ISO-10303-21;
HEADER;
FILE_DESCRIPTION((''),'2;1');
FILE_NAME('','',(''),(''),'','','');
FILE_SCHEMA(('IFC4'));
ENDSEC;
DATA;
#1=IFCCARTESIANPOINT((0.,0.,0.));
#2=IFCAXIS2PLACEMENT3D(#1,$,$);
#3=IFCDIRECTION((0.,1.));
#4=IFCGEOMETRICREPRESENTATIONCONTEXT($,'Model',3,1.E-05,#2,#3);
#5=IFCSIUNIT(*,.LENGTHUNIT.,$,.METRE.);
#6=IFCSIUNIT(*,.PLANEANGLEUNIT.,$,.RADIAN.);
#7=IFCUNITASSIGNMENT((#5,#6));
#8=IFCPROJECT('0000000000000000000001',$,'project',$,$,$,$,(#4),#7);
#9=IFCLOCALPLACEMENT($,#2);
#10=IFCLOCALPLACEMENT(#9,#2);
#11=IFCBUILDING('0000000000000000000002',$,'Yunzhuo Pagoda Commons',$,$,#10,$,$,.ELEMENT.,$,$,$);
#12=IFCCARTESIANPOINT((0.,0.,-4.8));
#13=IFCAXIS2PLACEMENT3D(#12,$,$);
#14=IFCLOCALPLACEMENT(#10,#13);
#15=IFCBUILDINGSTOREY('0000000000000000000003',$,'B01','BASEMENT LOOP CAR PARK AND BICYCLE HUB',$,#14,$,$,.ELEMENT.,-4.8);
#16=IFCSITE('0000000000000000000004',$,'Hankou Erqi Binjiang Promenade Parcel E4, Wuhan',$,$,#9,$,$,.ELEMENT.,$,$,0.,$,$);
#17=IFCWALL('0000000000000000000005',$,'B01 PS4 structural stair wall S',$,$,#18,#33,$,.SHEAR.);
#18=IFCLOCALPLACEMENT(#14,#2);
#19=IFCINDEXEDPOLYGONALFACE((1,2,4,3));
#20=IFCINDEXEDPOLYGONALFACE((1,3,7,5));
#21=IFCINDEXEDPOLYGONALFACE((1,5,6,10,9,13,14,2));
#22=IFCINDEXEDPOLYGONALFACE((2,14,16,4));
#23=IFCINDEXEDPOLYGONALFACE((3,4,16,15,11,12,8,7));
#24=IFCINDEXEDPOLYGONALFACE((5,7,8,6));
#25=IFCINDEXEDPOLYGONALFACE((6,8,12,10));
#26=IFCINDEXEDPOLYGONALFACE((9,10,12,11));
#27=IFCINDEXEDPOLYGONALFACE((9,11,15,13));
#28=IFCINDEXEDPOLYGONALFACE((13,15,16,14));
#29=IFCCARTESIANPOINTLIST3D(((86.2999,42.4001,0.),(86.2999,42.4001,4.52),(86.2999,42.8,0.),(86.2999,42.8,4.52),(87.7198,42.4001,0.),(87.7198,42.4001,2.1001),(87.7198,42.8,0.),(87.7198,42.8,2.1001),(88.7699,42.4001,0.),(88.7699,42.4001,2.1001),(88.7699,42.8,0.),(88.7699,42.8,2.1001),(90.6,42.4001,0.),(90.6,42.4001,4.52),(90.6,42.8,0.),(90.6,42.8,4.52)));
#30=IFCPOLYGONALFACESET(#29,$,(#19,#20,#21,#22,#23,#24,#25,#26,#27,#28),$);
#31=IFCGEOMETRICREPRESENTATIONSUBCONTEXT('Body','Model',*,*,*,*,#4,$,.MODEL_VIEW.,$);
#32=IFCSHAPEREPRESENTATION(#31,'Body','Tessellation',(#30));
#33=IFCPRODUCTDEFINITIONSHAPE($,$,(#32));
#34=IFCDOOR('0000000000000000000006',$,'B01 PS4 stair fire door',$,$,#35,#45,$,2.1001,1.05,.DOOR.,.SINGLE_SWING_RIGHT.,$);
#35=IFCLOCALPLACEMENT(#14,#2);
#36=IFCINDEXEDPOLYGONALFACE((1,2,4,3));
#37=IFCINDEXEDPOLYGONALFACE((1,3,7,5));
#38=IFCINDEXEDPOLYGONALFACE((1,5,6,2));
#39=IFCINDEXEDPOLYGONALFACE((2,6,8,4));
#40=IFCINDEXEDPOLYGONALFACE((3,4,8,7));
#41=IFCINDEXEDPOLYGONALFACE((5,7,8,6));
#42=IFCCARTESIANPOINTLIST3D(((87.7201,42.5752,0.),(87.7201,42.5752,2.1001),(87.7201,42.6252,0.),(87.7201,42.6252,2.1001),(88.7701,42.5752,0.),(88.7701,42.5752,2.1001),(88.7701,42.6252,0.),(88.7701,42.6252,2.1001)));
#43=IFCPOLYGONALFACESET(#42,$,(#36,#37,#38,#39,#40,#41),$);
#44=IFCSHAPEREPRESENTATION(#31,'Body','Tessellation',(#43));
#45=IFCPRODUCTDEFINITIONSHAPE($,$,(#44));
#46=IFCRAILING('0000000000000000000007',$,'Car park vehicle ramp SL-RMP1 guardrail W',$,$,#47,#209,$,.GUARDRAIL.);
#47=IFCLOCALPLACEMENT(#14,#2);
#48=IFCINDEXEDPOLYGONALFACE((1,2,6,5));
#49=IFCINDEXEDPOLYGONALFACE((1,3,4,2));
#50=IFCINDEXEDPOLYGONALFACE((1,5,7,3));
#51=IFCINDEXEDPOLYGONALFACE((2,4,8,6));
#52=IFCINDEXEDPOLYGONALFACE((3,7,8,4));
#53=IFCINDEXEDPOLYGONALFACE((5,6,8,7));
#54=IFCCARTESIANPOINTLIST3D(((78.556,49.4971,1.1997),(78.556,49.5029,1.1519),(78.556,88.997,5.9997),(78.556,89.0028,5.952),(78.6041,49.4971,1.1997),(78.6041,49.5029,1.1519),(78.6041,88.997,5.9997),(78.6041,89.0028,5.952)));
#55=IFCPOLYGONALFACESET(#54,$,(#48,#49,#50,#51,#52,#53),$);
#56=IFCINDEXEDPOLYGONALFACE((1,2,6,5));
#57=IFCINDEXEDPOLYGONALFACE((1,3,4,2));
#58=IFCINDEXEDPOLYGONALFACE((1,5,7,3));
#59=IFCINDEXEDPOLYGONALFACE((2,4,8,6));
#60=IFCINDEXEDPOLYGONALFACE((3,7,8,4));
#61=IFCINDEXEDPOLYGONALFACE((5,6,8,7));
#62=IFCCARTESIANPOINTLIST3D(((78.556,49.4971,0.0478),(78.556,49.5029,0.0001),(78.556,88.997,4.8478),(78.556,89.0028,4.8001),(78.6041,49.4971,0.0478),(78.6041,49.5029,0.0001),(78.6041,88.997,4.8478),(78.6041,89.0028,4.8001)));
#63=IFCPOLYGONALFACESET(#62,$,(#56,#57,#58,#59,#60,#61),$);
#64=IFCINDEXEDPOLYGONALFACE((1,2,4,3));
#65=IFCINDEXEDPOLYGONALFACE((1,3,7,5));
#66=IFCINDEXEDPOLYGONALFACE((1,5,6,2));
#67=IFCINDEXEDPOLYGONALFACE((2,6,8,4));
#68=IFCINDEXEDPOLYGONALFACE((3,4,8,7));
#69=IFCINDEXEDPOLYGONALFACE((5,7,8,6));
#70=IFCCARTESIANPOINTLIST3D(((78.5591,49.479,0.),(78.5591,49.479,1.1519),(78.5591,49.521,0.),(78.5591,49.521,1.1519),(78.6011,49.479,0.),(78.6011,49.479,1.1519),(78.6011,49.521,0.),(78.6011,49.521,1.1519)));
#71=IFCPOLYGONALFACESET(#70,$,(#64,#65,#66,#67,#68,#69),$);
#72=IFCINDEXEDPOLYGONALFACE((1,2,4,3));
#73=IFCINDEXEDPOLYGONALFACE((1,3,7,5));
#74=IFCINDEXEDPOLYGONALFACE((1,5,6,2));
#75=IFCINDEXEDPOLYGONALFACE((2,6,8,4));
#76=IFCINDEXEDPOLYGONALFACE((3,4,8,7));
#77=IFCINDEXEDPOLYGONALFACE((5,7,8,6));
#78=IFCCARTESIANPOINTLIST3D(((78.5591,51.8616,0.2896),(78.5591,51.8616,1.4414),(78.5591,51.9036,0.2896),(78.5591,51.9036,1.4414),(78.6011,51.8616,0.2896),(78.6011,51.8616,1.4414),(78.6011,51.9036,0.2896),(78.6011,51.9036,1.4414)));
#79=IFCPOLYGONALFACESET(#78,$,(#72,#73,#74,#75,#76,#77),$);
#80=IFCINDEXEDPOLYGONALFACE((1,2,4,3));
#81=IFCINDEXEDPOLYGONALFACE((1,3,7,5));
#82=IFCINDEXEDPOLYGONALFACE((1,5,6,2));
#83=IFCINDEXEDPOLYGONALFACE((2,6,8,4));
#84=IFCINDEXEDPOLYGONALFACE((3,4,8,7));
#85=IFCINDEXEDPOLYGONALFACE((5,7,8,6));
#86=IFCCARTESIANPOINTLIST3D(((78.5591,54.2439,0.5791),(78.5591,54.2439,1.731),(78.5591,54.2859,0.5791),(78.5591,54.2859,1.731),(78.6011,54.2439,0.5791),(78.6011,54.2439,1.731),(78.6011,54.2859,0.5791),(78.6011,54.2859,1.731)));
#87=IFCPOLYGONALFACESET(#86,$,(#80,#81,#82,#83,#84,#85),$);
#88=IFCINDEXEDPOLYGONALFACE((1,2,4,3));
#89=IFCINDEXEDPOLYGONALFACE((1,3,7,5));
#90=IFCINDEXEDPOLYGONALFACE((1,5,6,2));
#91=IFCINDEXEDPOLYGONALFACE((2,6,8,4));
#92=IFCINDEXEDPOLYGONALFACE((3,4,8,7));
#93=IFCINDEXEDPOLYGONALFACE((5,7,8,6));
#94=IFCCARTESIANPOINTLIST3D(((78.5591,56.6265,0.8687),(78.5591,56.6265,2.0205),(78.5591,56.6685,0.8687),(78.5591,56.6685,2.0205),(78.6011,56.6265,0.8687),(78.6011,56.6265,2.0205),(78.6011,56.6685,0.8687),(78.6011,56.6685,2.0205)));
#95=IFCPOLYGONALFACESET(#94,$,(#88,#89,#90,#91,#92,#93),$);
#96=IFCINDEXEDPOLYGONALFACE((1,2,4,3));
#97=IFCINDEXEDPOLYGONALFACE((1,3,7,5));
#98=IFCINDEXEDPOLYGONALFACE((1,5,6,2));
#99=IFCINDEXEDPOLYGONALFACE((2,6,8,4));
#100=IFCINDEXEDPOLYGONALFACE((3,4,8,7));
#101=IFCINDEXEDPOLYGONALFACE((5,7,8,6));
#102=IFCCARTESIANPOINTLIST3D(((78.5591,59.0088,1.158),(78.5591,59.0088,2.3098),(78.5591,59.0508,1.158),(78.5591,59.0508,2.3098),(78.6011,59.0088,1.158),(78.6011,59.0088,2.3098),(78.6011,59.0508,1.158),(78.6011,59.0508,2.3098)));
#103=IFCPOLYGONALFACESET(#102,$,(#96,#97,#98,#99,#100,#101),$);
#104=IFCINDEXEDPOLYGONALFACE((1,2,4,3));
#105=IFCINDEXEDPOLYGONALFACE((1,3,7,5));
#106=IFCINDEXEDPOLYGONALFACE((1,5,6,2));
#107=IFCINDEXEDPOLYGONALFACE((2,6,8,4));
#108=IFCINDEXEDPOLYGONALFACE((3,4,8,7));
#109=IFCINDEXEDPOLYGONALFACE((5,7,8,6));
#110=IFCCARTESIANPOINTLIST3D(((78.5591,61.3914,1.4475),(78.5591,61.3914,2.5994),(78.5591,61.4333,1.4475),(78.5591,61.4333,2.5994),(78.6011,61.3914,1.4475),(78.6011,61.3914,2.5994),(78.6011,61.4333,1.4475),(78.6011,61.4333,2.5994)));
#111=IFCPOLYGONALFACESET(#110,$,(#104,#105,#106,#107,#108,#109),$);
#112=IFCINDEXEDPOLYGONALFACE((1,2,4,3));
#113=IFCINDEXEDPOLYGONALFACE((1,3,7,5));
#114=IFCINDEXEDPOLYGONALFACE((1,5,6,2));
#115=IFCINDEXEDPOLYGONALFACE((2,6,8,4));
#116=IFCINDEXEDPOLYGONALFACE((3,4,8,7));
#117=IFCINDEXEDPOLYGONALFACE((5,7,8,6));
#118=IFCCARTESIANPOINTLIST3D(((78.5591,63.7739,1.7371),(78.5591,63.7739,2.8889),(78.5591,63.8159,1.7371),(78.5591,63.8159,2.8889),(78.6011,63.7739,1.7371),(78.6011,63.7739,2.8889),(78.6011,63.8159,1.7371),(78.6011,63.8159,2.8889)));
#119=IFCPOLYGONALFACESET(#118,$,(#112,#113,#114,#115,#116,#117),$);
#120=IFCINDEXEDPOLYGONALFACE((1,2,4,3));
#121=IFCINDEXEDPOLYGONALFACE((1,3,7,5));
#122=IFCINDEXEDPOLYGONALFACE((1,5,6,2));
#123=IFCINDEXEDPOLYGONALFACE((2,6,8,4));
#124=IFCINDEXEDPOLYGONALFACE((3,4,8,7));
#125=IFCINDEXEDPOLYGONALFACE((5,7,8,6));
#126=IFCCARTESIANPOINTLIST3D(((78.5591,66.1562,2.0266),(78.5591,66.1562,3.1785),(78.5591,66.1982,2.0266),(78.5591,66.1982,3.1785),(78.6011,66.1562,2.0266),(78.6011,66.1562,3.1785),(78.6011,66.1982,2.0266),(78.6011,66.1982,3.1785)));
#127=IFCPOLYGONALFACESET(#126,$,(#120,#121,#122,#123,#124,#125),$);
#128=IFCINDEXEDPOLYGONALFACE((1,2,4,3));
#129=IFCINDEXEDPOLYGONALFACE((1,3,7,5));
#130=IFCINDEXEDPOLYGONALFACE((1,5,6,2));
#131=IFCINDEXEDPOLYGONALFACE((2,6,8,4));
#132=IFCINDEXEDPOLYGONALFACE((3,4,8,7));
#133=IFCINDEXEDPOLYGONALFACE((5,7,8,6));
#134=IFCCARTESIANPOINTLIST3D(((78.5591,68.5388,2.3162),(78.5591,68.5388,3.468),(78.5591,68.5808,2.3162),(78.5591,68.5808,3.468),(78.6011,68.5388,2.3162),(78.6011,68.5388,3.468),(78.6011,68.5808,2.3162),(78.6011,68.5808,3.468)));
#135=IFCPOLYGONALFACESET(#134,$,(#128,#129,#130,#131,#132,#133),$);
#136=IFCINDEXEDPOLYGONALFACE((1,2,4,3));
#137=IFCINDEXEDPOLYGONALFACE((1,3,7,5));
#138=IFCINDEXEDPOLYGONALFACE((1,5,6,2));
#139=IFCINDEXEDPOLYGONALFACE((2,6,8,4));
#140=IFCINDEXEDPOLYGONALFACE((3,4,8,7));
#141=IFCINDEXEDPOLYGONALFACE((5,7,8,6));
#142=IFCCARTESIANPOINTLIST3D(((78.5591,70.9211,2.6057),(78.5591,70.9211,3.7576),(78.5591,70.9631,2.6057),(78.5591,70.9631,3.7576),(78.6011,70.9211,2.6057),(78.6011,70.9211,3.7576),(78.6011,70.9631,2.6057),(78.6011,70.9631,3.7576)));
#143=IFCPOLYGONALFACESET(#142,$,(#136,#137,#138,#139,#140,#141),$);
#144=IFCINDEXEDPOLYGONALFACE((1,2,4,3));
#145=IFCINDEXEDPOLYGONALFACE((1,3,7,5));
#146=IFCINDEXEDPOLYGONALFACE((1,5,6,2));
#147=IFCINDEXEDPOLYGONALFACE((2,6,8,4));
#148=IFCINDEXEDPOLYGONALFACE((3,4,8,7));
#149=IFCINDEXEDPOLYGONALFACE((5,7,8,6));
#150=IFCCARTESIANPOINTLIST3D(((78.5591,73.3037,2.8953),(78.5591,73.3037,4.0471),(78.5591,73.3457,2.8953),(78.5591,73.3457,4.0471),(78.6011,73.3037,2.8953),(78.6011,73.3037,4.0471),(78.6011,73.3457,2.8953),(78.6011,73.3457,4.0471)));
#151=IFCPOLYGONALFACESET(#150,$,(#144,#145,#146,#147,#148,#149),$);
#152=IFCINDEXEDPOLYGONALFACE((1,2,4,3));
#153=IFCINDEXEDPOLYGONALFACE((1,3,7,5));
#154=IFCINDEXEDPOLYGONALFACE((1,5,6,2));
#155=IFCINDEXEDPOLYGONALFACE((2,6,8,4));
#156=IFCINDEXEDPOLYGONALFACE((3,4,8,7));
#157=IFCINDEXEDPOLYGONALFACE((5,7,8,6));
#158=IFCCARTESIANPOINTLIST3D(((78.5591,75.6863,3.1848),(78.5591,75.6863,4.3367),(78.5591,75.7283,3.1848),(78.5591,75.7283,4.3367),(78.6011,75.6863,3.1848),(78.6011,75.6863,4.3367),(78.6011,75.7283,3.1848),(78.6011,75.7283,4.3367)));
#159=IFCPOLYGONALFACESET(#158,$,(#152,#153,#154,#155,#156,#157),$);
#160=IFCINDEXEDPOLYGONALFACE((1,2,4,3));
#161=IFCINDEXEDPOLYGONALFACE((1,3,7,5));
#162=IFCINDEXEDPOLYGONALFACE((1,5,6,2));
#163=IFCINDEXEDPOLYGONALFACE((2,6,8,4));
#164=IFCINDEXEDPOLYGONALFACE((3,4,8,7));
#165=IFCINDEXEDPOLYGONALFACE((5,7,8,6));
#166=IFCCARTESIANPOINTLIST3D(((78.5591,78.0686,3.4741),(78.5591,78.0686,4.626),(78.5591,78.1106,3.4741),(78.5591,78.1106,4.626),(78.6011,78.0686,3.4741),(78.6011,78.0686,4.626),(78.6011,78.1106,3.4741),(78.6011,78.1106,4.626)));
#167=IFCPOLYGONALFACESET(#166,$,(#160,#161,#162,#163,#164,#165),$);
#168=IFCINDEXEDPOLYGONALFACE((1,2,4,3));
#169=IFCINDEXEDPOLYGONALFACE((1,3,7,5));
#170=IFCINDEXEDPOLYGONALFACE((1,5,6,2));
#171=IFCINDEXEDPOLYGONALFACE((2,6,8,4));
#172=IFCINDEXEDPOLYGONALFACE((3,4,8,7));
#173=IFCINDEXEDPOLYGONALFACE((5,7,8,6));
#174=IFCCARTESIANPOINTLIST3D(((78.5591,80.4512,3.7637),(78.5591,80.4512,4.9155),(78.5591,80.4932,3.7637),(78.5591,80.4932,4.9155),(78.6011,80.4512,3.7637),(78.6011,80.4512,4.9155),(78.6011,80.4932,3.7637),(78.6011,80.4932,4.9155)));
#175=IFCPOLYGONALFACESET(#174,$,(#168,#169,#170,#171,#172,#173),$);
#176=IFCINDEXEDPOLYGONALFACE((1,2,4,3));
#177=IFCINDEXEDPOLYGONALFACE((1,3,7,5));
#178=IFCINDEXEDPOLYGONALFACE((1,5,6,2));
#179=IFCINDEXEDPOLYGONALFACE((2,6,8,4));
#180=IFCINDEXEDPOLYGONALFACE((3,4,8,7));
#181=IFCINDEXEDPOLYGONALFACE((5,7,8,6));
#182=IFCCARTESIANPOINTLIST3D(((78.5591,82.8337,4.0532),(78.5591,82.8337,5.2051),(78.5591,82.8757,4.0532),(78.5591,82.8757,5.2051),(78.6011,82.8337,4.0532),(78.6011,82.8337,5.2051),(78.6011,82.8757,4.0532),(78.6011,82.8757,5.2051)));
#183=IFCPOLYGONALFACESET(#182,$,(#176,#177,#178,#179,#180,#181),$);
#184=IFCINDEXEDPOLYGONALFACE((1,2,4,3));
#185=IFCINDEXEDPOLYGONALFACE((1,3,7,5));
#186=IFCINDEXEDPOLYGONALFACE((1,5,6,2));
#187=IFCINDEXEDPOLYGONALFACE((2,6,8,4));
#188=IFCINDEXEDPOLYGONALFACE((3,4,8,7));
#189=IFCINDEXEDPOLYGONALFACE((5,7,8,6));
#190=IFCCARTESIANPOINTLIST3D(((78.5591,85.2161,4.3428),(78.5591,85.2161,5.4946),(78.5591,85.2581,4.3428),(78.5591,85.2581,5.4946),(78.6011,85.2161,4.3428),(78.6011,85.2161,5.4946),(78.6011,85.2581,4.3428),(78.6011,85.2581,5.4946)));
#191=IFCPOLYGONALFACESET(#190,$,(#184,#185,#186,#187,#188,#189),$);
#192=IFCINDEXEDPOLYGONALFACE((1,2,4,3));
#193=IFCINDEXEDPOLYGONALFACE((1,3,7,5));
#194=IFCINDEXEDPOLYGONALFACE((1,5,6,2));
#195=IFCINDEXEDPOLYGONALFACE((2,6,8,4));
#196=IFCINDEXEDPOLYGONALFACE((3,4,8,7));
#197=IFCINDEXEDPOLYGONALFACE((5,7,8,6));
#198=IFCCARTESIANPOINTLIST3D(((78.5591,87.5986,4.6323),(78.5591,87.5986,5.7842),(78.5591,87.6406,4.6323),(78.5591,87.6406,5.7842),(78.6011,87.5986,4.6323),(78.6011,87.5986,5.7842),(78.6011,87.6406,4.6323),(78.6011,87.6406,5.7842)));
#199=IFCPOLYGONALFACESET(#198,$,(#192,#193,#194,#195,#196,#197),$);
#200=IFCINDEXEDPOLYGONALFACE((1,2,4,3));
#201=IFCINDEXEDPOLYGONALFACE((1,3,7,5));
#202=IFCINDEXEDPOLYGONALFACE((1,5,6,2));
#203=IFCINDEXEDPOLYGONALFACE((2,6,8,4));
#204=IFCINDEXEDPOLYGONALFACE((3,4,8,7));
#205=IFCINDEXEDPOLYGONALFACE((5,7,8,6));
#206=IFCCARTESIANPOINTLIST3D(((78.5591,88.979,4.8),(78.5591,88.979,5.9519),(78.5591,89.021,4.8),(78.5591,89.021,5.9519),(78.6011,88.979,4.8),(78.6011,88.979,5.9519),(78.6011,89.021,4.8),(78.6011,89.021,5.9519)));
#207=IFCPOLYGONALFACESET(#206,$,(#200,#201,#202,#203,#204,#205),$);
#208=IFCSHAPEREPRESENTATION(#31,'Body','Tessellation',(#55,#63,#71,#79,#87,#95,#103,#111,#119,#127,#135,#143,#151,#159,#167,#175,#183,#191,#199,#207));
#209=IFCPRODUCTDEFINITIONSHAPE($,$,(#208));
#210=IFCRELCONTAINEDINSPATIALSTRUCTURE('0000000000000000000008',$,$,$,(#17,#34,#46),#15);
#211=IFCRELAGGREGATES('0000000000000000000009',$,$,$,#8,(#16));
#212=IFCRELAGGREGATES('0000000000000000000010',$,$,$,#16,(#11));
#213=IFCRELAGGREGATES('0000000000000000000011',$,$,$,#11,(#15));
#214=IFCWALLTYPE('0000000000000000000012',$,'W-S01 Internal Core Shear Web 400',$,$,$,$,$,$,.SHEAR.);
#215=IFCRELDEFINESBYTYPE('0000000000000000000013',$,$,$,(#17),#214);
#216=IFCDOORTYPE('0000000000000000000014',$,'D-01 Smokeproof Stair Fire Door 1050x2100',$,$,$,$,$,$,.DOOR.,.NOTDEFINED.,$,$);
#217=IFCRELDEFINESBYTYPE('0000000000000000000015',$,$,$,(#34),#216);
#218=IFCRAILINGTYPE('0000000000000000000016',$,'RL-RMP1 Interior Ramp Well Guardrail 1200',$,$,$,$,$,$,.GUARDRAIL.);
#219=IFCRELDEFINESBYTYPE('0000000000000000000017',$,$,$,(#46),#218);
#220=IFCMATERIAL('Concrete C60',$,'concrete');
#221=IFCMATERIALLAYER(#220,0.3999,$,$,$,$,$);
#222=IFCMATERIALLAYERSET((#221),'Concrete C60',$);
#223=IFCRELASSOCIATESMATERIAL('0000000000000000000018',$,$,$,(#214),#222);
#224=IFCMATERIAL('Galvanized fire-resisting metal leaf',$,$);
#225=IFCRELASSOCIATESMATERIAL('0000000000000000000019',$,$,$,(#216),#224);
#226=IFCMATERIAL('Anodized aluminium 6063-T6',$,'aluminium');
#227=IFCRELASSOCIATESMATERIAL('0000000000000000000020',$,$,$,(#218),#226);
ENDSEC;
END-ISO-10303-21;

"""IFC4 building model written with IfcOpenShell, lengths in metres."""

from ifc_helpers import new_model, si_unit, direction, frame, frame_2d, origin, origin_2d, place, context, subcontext, project, spatial, rectangle, extrude, source, transform, mapped, material, layer, layer_set, type_object, element, fill, save


model = new_model("IFC4")

# Units and contexts
model_context = context("Model", 3, precision=1e-05, world=origin(), true_north=direction((0.0, 1.0)))
body_context = subcontext(model_context, "Body", "Model", "MODEL_VIEW")
ifc_project = project(units=[si_unit("LENGTHUNIT", "METRE"), si_unit("PLANEANGLEUNIT", "RADIAN")], contexts=[model_context])

# Site, building, storey
site_placement = place(None, origin())
site = spatial("IfcSite", under=ifc_project, at=site_placement, Name="Hankou Erqi Binjiang Promenade Parcel E4, Wuhan", CompositionType="ELEMENT", RefElevation=0.0)
building_placement = place(site_placement, origin())
building = spatial("IfcBuilding", under=site, at=building_placement, Name="Yunzhuo Pagoda Commons", CompositionType="ELEMENT")
storey_placement = place(building_placement, frame((0.0, 0.0, -4.8)))
storey = spatial("IfcBuildingStorey", under=building, at=storey_placement, Name="B01", Description="BASEMENT LOOP CAR PARK AND BICYCLE HUB", CompositionType="ELEMENT", Elevation=-4.8)

# Shared definitions
ifc_material_1 = material(Name="Concrete C60", Category="concrete")
ifc_layer_1 = layer(ifc_material_1, 0.3999)
ifc_layer_set_1 = layer_set([ifc_layer_1], Name="Concrete C60")
wall_type = type_object("IfcWallType", Name="W-S01 Internal Core Shear Web 400", PredefinedType="SHEAR", material=ifc_layer_set_1)

# Wall, opening, door
wall_1_placement = place(storey_placement, frame((86.3, 42.6001, 0.0), z_axis=(0.0, 0.0, 1.0), x_axis=(1.0, 0.0, 0.0)))
wall_1 = element("IfcWall", 1, at=wall_1_placement, inside=storey, type_object=wall_type, Name="B01 PS4 structural stair wall S", PredefinedType="SHEAR", context=body_context, shape_type="SweptSolid", body=[
    extrude(rectangle(XDim=4.3, YDim=0.3999, at=frame_2d((2.1499, 0.0))), origin(), (0.0, 0.0, 1.0), 4.52),
])
opening_placement = place(wall_1_placement, frame((1.4199, 0.0, 0.0)))
opening = element("IfcOpeningElement", 2, at=opening_placement, cuts=wall_1, PredefinedType="OPENING", context=body_context, shape_type="SweptSolid", body=[
    extrude(rectangle(XDim=1.05, YDim=2.1001, at=frame_2d((0.5249, 1.05))), frame((0.0, 0.21, 0.0), z_axis=(0.0, -1.0, 0.0), x_axis=(1.0, 0.0, 0.0)), (0.0, 0.0, 1.0), 0.4199),
])
ifc_material_2 = material(Name="Galvanized fire-resisting metal leaf")
door_type = type_object("IfcDoorType", Name="D-01 Smokeproof Stair Fire Door 1050x2100", OperationType="NOTDEFINED", PredefinedType="DOOR", material=ifc_material_2)
shared_shape_1 = source(origin(), body_context, "Body", "SweptSolid", [
    extrude(rectangle(XDim=1.05, YDim=2.1001, at=frame_2d((0.5249, 1.05))), frame((0.0, 0.0249, 0.0), z_axis=(0.0, -1.0, 0.0), x_axis=(1.0, 0.0, 0.0)), (0.0, 0.0, 1.0), 0.05),
])
door_placement = place(opening_placement, frame((1.05, 0.0, 0.0), z_axis=(0.0, 0.0, 1.0), x_axis=(-1.0, 0.0, 0.0)))
door = element("IfcDoor", 3, at=door_placement, inside=storey, type_object=door_type, Name="B01 PS4 stair fire door", OperationType="SINGLE_SWING_RIGHT", OverallHeight=2.1001, OverallWidth=1.05, PredefinedType="DOOR", context=body_context, shape_type="MappedRepresentation", body=[
    mapped(shared_shape_1, transform((0.0, 0.0, 0.0), scale=1.0)),
])
fill(opening, door)

# Railing
ifc_material_3 = material(Name="Anodized aluminium 6063-T6", Category="aluminium")
railing_type = type_object("IfcRailingType", Name="RL-RMP1 Interior Ramp Well Guardrail 1200", PredefinedType="GUARDRAIL", material=ifc_material_3)
railing_1_placement = place(storey_placement, frame((78.5801, 49.5, 0.0)))
element("IfcRailing", 4, at=railing_1_placement, inside=storey, type_object=railing_type, Name="Car park vehicle ramp SL-RMP1 guardrail W", PredefinedType="GUARDRAIL", context=body_context, shape_type="SweptSolid", body=[
    extrude(rectangle(XDim=0.0481, YDim=0.0481, at=origin_2d()), frame((0.0, 0.0, 1.1758), z_axis=(0.0, 0.992697, 0.120633), x_axis=(-1.0, 0.0, 0.0)), (0.0, 0.0, 1.0), 39.7905),
    extrude(rectangle(XDim=0.0481, YDim=0.0481, at=origin_2d()), frame((0.0, 0.0, 0.0239), z_axis=(0.0, 0.992697, 0.120633), x_axis=(-1.0, 0.0, 0.0)), (0.0, 0.0, 1.0), 39.7905),
    extrude(rectangle(XDim=0.042, YDim=0.042, at=origin_2d()), origin(), (0.0, 0.0, 1.0), 1.1519),
    extrude(rectangle(XDim=0.042, YDim=0.042, at=origin_2d()), frame((0.0, 2.3826, 0.2896)), (0.0, 0.0, 1.0), 1.1519),
    extrude(rectangle(XDim=0.042, YDim=0.042, at=origin_2d()), frame((0.0, 4.7649, 0.5791)), (0.0, 0.0, 1.0), 1.1519),
    extrude(rectangle(XDim=0.042, YDim=0.042, at=origin_2d()), frame((0.0, 7.1475, 0.8687)), (0.0, 0.0, 1.0), 1.1519),
    extrude(rectangle(XDim=0.042, YDim=0.042, at=origin_2d()), frame((0.0, 9.5298, 1.158)), (0.0, 0.0, 1.0), 1.1519),
    extrude(rectangle(XDim=0.042, YDim=0.042, at=origin_2d()), frame((0.0, 11.9124, 1.4475)), (0.0, 0.0, 1.0), 1.1519),
    extrude(rectangle(XDim=0.042, YDim=0.042, at=origin_2d()), frame((0.0, 14.2949, 1.7371)), (0.0, 0.0, 1.0), 1.1519),
    extrude(rectangle(XDim=0.042, YDim=0.042, at=origin_2d()), frame((0.0, 16.6772, 2.0266)), (0.0, 0.0, 1.0), 1.1519),
    extrude(rectangle(XDim=0.042, YDim=0.042, at=origin_2d()), frame((0.0, 19.0598, 2.3162)), (0.0, 0.0, 1.0), 1.1519),
    extrude(rectangle(XDim=0.042, YDim=0.042, at=origin_2d()), frame((0.0, 21.4421, 2.6057)), (0.0, 0.0, 1.0), 1.1519),
    extrude(rectangle(XDim=0.042, YDim=0.042, at=origin_2d()), frame((0.0, 23.8247, 2.8953)), (0.0, 0.0, 1.0), 1.1519),
    extrude(rectangle(XDim=0.042, YDim=0.042, at=origin_2d()), frame((0.0, 26.2073, 3.1848)), (0.0, 0.0, 1.0), 1.1519),
    extrude(rectangle(XDim=0.042, YDim=0.042, at=origin_2d()), frame((0.0, 28.5896, 3.4741)), (0.0, 0.0, 1.0), 1.1519),
    extrude(rectangle(XDim=0.042, YDim=0.042, at=origin_2d()), frame((0.0, 30.9722, 3.7637)), (0.0, 0.0, 1.0), 1.1519),
    extrude(rectangle(XDim=0.042, YDim=0.042, at=origin_2d()), frame((0.0, 33.3547, 4.0532)), (0.0, 0.0, 1.0), 1.1519),
    extrude(rectangle(XDim=0.042, YDim=0.042, at=origin_2d()), frame((0.0, 35.7371, 4.3428)), (0.0, 0.0, 1.0), 1.1519),
    extrude(rectangle(XDim=0.042, YDim=0.042, at=origin_2d()), frame((0.0, 38.1196, 4.6323)), (0.0, 0.0, 1.0), 1.1519),
    extrude(rectangle(XDim=0.042, YDim=0.042, at=origin_2d()), frame((0.0, 39.5, 4.8)), (0.0, 0.0, 1.0), 1.1519),
])

save(model, "model.ifc")
